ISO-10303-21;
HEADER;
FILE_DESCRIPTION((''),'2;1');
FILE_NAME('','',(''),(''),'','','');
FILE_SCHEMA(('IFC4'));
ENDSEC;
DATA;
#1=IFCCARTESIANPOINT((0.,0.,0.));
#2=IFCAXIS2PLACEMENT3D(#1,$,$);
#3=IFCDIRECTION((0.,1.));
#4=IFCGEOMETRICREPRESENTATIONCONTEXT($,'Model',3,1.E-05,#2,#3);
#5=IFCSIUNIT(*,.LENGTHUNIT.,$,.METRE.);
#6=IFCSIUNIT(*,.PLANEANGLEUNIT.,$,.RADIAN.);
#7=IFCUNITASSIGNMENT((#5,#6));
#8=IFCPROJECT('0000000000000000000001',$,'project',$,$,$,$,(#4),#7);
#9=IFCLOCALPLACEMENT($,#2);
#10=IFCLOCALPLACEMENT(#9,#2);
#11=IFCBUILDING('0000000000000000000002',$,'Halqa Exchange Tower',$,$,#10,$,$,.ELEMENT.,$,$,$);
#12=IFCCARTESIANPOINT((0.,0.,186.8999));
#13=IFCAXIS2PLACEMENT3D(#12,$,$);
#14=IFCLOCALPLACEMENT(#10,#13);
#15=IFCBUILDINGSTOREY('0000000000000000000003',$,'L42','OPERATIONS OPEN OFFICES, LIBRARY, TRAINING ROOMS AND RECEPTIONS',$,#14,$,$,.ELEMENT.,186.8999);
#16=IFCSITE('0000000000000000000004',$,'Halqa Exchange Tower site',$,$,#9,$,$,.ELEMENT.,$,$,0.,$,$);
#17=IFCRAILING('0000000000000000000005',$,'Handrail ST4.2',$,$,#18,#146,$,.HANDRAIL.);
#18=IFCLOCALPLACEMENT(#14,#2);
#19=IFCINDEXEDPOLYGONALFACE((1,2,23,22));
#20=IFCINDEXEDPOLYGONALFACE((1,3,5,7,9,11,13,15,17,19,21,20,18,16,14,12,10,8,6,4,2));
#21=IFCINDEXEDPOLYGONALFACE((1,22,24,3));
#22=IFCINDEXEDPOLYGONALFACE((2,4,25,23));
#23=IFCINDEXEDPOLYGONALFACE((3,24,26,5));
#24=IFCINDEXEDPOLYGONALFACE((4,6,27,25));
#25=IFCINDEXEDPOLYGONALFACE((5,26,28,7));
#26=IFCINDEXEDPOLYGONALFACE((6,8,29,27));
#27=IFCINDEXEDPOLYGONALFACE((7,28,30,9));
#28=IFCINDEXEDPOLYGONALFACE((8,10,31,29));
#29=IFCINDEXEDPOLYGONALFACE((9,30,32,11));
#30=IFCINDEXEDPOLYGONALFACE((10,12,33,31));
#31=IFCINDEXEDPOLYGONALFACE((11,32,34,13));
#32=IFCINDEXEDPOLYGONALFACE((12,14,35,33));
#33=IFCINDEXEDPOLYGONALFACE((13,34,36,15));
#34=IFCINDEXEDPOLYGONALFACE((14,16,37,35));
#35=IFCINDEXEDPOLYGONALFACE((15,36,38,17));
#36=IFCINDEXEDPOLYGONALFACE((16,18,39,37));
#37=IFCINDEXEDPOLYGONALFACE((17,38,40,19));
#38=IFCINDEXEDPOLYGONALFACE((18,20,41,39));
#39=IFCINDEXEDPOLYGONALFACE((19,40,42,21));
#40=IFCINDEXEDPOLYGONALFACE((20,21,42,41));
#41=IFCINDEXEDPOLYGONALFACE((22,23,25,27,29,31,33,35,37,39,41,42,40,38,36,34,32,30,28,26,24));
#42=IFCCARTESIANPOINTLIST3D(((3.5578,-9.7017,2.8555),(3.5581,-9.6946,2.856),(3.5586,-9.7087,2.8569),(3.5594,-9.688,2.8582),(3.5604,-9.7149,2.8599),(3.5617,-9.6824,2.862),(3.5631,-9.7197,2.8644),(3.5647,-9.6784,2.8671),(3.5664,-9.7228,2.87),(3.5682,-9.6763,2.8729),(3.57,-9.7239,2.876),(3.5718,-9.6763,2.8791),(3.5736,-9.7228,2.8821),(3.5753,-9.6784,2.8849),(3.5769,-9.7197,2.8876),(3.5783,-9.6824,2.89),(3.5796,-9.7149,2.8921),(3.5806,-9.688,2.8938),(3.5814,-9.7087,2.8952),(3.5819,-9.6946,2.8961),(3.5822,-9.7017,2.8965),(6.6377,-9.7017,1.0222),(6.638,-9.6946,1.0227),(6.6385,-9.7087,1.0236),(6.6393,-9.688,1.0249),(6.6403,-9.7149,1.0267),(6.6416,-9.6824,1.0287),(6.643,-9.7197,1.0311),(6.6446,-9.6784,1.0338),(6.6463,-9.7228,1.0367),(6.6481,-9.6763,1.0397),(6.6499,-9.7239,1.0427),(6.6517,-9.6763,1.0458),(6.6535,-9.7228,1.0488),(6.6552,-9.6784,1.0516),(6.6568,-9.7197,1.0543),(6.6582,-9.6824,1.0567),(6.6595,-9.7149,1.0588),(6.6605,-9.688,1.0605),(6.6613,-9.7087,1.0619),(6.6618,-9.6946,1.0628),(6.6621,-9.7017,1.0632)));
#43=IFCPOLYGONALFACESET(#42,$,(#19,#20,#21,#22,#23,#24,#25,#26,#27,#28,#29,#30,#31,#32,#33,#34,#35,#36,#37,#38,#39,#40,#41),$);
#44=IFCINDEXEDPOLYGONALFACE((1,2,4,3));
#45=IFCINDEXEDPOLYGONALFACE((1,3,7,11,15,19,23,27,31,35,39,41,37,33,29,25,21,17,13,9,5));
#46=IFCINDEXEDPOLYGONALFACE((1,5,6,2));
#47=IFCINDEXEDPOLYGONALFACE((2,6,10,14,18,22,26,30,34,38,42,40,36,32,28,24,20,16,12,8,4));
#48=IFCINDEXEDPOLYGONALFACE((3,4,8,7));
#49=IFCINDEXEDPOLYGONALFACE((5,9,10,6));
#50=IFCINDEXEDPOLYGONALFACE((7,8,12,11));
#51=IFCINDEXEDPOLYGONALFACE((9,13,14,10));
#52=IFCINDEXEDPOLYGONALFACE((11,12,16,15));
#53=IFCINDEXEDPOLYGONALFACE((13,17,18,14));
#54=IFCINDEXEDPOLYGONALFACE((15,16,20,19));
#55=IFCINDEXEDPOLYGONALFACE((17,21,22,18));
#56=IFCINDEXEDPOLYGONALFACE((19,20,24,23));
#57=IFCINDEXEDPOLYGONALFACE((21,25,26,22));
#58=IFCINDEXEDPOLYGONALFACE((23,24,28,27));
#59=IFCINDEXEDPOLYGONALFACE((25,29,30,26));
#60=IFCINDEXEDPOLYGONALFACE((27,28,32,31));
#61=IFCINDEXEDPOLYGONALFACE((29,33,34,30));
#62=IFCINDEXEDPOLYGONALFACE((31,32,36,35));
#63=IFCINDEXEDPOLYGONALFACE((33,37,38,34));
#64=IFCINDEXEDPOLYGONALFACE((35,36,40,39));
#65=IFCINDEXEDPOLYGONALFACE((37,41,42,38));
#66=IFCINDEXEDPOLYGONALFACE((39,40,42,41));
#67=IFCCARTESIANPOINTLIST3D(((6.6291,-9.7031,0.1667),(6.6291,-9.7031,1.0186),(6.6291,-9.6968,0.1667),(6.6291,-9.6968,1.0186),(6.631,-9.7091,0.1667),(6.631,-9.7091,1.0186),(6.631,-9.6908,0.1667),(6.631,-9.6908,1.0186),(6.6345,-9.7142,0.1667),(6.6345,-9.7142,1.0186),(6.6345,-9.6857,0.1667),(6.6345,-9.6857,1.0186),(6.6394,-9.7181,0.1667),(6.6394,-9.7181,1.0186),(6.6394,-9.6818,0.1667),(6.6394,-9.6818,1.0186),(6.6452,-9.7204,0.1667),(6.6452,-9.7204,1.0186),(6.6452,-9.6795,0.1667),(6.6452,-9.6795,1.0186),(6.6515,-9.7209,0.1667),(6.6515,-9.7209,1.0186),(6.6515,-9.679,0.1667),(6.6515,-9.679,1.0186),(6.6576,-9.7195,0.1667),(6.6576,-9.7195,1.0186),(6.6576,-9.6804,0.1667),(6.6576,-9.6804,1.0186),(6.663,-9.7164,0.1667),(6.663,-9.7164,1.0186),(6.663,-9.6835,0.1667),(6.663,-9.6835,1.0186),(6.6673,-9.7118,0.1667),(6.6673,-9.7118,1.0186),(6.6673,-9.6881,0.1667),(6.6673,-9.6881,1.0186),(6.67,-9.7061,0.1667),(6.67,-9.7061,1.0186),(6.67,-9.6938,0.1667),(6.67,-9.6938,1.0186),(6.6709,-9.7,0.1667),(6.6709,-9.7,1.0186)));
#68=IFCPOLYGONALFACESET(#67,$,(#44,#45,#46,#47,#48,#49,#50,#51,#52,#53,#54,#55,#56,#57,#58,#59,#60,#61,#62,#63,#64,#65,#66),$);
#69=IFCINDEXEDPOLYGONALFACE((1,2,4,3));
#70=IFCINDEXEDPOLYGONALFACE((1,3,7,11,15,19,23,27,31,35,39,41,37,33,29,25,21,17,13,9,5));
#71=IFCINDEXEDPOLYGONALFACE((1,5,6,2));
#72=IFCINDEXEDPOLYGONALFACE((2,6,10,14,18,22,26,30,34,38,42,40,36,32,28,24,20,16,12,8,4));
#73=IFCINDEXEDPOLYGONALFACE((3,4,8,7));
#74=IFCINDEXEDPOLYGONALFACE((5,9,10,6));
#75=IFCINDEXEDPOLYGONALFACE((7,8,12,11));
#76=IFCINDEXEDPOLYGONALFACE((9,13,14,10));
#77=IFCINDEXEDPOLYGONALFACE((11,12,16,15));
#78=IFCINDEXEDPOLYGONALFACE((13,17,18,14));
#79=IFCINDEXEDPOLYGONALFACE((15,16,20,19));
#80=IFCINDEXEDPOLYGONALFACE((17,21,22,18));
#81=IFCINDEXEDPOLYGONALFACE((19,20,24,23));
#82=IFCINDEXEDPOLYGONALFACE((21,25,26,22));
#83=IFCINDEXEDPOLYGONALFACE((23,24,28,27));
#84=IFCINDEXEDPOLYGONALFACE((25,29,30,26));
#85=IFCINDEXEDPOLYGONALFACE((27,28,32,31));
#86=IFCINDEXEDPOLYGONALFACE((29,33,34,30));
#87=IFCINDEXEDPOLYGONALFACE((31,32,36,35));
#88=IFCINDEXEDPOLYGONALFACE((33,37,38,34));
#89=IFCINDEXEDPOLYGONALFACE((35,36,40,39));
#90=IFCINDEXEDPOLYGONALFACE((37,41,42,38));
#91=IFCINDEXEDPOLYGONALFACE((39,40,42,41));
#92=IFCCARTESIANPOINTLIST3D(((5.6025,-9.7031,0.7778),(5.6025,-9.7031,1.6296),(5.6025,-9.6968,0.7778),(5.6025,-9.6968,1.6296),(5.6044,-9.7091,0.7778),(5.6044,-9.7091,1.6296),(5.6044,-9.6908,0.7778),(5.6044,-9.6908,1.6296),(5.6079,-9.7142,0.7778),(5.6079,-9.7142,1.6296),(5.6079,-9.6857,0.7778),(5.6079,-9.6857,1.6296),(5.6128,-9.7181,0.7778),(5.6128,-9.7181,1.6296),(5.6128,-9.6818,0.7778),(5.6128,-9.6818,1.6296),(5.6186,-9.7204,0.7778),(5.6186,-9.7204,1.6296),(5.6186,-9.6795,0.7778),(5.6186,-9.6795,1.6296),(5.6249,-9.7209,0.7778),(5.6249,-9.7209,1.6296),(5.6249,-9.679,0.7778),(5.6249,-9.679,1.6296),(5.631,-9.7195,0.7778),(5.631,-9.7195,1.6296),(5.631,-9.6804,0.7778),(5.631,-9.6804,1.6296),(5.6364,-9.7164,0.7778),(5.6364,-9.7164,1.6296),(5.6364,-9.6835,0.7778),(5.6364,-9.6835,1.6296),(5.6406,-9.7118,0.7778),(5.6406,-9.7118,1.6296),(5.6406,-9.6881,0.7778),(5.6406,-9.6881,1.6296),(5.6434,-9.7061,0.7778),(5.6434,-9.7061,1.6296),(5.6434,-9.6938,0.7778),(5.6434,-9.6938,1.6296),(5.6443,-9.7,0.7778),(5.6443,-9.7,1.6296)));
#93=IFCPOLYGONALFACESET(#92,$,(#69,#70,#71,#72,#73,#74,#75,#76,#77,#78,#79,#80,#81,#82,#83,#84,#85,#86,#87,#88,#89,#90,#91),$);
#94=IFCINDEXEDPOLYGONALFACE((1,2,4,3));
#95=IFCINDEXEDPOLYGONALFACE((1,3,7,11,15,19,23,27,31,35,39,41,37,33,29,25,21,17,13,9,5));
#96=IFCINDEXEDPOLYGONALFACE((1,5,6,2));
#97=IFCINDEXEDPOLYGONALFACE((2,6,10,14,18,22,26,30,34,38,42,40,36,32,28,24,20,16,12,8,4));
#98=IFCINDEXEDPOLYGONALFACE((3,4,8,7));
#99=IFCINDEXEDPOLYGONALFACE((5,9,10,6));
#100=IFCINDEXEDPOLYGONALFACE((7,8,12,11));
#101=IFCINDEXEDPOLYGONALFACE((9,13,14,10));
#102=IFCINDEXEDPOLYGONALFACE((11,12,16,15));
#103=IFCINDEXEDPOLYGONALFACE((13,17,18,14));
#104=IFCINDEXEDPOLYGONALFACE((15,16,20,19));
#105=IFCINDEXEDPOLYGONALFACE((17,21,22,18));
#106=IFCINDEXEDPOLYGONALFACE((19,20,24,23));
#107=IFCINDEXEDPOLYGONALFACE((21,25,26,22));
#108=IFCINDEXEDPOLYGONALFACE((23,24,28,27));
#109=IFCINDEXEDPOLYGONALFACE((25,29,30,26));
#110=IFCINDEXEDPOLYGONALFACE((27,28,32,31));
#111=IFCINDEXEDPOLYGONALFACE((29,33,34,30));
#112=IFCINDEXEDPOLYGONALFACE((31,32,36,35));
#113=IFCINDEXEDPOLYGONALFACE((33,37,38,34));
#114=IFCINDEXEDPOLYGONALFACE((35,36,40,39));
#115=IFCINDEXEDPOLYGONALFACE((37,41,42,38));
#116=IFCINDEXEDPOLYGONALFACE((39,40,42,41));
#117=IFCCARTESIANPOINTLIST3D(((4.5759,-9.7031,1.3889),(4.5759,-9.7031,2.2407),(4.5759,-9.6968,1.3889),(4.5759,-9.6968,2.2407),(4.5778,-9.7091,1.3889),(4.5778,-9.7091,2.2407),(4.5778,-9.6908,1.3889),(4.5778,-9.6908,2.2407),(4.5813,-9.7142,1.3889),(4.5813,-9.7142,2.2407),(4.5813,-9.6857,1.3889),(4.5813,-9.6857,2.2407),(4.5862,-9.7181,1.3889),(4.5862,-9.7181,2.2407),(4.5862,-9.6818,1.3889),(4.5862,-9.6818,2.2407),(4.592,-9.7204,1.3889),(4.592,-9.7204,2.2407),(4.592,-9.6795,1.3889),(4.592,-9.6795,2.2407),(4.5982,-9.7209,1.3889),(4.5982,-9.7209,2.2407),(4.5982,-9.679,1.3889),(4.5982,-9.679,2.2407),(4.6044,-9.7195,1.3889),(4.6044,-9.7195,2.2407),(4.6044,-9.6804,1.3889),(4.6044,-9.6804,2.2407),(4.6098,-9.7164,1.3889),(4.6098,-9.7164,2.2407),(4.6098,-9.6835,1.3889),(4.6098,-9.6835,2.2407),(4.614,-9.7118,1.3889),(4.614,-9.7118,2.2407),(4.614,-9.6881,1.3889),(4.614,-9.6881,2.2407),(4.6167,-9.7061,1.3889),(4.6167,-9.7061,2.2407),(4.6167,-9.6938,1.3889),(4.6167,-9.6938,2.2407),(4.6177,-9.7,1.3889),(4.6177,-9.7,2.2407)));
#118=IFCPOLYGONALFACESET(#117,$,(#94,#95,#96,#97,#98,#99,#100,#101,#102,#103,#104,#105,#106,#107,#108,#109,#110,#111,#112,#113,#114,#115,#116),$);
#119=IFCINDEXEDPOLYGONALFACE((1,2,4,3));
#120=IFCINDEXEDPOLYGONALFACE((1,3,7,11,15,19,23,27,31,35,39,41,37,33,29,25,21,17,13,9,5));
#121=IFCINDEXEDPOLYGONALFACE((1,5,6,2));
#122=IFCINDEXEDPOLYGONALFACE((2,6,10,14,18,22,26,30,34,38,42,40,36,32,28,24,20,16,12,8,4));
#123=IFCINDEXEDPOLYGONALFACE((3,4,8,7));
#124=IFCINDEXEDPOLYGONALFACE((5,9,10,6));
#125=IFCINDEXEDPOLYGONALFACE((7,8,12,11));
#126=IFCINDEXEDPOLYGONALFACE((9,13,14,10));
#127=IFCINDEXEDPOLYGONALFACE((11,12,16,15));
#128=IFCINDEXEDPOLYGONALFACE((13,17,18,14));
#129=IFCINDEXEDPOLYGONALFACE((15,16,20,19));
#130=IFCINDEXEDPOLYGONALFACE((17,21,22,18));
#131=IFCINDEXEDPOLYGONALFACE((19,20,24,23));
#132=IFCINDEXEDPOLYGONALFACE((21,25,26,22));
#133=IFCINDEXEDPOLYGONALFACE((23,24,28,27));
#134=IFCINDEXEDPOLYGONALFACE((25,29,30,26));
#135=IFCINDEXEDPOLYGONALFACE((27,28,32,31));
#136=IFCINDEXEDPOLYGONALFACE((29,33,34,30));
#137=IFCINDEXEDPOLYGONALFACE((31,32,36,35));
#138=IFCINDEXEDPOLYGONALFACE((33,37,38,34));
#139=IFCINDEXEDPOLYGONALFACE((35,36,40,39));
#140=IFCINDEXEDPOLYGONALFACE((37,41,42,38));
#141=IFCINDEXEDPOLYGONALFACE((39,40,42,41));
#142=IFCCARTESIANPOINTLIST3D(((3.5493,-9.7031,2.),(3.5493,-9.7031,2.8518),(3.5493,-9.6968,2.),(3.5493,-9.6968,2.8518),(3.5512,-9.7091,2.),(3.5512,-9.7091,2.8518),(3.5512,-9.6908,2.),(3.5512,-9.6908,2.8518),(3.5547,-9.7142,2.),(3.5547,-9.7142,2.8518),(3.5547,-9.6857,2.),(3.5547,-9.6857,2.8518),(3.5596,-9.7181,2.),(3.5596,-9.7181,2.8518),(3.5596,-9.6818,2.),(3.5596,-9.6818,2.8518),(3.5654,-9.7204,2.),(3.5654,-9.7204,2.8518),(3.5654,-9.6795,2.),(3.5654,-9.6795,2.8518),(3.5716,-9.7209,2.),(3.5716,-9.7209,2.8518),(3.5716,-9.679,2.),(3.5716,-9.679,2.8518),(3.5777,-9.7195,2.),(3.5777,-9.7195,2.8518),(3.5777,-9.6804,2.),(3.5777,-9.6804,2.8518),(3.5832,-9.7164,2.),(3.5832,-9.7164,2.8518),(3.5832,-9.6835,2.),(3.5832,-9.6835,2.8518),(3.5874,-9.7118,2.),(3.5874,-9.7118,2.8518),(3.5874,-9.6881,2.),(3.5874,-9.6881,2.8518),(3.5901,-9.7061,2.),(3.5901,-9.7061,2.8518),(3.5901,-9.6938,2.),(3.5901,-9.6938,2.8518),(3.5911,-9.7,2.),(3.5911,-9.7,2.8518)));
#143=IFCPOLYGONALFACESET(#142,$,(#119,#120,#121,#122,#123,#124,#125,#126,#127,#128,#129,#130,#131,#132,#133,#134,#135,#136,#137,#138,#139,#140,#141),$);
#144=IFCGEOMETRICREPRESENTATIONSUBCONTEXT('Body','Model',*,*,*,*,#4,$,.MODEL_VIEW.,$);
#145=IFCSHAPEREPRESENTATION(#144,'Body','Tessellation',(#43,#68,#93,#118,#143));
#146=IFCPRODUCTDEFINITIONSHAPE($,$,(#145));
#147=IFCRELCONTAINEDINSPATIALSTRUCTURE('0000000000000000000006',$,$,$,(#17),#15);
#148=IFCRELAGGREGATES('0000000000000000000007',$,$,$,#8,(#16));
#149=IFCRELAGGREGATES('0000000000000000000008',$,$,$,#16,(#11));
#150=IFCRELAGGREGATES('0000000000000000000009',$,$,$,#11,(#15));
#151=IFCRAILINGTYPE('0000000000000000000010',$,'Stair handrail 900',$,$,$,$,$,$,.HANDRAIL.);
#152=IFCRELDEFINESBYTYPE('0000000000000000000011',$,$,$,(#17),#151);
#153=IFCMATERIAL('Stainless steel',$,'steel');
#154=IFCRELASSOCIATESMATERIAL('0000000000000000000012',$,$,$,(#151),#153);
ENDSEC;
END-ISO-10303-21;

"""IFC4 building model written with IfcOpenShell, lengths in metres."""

from ifc_helpers import new_model, si_unit, direction, frame, origin, origin_2d, place, context, subcontext, project, spatial, circle, extrude, material, type_object, element, save


model = new_model("IFC4")

# Units and contexts
model_context = context("Model", 3, precision=1e-05, world=origin(), true_north=direction((0.0, 1.0)))
body_context = subcontext(model_context, "Body", "Model", "MODEL_VIEW")
ifc_project = project(units=[si_unit("LENGTHUNIT", "METRE"), si_unit("PLANEANGLEUNIT", "RADIAN")], contexts=[model_context])

# Site, building, storey
site_placement = place(None, origin())
site = spatial("IfcSite", under=ifc_project, at=site_placement, Name="Halqa Exchange Tower site", CompositionType="ELEMENT", RefElevation=0.0)
building_placement = place(site_placement, origin())
building = spatial("IfcBuilding", under=site, at=building_placement, Name="Halqa Exchange Tower", CompositionType="ELEMENT")
storey_placement = place(building_placement, frame((0.0, 0.0, 186.8999)))
storey = spatial("IfcBuildingStorey", under=building, at=storey_placement, Name="L42", Description="OPERATIONS OPEN OFFICES, LIBRARY, TRAINING ROOMS AND RECEPTIONS", CompositionType="ELEMENT", Elevation=186.8999)

# Railing
ifc_material_1 = material(Name="Stainless steel", Category="steel")
railing_type_1 = type_object("IfcRailingType", Name="Stair handrail 900", PredefinedType="HANDRAIL", material=ifc_material_1)
railing_1_placement = place(storey_placement, frame((6.6499, -9.7, 0.1667)))
element("IfcRailing", 1, at=railing_1_placement, inside=storey, type_object=railing_type_1, Name="Handrail ST4.2", PredefinedType="HANDRAIL", context=body_context, shape_type="SweptSolid", body=[
    extrude(circle(Radius=0.0239, at=origin_2d()), frame((0.0, 0.0, 0.876), z_axis=(-0.859291, 0.0, 0.511487), x_axis=(0.0, -1.0, 0.0)), (0.0, 0.0, 1.0), 3.5842),
    extrude(circle(Radius=0.021, at=origin_2d()), origin(), (0.0, 0.0, 1.0), 0.8518),
    extrude(circle(Radius=0.021, at=origin_2d()), frame((-1.0266, 0.0, 0.6111)), (0.0, 0.0, 1.0), 0.8518),
    extrude(circle(Radius=0.021, at=origin_2d()), frame((-2.0532, 0.0, 1.2222)), (0.0, 0.0, 1.0), 0.8518),
    extrude(circle(Radius=0.021, at=origin_2d()), frame((-3.0798, 0.0, 1.8333)), (0.0, 0.0, 1.0), 0.8518),
])

save(model, "model.ifc")
